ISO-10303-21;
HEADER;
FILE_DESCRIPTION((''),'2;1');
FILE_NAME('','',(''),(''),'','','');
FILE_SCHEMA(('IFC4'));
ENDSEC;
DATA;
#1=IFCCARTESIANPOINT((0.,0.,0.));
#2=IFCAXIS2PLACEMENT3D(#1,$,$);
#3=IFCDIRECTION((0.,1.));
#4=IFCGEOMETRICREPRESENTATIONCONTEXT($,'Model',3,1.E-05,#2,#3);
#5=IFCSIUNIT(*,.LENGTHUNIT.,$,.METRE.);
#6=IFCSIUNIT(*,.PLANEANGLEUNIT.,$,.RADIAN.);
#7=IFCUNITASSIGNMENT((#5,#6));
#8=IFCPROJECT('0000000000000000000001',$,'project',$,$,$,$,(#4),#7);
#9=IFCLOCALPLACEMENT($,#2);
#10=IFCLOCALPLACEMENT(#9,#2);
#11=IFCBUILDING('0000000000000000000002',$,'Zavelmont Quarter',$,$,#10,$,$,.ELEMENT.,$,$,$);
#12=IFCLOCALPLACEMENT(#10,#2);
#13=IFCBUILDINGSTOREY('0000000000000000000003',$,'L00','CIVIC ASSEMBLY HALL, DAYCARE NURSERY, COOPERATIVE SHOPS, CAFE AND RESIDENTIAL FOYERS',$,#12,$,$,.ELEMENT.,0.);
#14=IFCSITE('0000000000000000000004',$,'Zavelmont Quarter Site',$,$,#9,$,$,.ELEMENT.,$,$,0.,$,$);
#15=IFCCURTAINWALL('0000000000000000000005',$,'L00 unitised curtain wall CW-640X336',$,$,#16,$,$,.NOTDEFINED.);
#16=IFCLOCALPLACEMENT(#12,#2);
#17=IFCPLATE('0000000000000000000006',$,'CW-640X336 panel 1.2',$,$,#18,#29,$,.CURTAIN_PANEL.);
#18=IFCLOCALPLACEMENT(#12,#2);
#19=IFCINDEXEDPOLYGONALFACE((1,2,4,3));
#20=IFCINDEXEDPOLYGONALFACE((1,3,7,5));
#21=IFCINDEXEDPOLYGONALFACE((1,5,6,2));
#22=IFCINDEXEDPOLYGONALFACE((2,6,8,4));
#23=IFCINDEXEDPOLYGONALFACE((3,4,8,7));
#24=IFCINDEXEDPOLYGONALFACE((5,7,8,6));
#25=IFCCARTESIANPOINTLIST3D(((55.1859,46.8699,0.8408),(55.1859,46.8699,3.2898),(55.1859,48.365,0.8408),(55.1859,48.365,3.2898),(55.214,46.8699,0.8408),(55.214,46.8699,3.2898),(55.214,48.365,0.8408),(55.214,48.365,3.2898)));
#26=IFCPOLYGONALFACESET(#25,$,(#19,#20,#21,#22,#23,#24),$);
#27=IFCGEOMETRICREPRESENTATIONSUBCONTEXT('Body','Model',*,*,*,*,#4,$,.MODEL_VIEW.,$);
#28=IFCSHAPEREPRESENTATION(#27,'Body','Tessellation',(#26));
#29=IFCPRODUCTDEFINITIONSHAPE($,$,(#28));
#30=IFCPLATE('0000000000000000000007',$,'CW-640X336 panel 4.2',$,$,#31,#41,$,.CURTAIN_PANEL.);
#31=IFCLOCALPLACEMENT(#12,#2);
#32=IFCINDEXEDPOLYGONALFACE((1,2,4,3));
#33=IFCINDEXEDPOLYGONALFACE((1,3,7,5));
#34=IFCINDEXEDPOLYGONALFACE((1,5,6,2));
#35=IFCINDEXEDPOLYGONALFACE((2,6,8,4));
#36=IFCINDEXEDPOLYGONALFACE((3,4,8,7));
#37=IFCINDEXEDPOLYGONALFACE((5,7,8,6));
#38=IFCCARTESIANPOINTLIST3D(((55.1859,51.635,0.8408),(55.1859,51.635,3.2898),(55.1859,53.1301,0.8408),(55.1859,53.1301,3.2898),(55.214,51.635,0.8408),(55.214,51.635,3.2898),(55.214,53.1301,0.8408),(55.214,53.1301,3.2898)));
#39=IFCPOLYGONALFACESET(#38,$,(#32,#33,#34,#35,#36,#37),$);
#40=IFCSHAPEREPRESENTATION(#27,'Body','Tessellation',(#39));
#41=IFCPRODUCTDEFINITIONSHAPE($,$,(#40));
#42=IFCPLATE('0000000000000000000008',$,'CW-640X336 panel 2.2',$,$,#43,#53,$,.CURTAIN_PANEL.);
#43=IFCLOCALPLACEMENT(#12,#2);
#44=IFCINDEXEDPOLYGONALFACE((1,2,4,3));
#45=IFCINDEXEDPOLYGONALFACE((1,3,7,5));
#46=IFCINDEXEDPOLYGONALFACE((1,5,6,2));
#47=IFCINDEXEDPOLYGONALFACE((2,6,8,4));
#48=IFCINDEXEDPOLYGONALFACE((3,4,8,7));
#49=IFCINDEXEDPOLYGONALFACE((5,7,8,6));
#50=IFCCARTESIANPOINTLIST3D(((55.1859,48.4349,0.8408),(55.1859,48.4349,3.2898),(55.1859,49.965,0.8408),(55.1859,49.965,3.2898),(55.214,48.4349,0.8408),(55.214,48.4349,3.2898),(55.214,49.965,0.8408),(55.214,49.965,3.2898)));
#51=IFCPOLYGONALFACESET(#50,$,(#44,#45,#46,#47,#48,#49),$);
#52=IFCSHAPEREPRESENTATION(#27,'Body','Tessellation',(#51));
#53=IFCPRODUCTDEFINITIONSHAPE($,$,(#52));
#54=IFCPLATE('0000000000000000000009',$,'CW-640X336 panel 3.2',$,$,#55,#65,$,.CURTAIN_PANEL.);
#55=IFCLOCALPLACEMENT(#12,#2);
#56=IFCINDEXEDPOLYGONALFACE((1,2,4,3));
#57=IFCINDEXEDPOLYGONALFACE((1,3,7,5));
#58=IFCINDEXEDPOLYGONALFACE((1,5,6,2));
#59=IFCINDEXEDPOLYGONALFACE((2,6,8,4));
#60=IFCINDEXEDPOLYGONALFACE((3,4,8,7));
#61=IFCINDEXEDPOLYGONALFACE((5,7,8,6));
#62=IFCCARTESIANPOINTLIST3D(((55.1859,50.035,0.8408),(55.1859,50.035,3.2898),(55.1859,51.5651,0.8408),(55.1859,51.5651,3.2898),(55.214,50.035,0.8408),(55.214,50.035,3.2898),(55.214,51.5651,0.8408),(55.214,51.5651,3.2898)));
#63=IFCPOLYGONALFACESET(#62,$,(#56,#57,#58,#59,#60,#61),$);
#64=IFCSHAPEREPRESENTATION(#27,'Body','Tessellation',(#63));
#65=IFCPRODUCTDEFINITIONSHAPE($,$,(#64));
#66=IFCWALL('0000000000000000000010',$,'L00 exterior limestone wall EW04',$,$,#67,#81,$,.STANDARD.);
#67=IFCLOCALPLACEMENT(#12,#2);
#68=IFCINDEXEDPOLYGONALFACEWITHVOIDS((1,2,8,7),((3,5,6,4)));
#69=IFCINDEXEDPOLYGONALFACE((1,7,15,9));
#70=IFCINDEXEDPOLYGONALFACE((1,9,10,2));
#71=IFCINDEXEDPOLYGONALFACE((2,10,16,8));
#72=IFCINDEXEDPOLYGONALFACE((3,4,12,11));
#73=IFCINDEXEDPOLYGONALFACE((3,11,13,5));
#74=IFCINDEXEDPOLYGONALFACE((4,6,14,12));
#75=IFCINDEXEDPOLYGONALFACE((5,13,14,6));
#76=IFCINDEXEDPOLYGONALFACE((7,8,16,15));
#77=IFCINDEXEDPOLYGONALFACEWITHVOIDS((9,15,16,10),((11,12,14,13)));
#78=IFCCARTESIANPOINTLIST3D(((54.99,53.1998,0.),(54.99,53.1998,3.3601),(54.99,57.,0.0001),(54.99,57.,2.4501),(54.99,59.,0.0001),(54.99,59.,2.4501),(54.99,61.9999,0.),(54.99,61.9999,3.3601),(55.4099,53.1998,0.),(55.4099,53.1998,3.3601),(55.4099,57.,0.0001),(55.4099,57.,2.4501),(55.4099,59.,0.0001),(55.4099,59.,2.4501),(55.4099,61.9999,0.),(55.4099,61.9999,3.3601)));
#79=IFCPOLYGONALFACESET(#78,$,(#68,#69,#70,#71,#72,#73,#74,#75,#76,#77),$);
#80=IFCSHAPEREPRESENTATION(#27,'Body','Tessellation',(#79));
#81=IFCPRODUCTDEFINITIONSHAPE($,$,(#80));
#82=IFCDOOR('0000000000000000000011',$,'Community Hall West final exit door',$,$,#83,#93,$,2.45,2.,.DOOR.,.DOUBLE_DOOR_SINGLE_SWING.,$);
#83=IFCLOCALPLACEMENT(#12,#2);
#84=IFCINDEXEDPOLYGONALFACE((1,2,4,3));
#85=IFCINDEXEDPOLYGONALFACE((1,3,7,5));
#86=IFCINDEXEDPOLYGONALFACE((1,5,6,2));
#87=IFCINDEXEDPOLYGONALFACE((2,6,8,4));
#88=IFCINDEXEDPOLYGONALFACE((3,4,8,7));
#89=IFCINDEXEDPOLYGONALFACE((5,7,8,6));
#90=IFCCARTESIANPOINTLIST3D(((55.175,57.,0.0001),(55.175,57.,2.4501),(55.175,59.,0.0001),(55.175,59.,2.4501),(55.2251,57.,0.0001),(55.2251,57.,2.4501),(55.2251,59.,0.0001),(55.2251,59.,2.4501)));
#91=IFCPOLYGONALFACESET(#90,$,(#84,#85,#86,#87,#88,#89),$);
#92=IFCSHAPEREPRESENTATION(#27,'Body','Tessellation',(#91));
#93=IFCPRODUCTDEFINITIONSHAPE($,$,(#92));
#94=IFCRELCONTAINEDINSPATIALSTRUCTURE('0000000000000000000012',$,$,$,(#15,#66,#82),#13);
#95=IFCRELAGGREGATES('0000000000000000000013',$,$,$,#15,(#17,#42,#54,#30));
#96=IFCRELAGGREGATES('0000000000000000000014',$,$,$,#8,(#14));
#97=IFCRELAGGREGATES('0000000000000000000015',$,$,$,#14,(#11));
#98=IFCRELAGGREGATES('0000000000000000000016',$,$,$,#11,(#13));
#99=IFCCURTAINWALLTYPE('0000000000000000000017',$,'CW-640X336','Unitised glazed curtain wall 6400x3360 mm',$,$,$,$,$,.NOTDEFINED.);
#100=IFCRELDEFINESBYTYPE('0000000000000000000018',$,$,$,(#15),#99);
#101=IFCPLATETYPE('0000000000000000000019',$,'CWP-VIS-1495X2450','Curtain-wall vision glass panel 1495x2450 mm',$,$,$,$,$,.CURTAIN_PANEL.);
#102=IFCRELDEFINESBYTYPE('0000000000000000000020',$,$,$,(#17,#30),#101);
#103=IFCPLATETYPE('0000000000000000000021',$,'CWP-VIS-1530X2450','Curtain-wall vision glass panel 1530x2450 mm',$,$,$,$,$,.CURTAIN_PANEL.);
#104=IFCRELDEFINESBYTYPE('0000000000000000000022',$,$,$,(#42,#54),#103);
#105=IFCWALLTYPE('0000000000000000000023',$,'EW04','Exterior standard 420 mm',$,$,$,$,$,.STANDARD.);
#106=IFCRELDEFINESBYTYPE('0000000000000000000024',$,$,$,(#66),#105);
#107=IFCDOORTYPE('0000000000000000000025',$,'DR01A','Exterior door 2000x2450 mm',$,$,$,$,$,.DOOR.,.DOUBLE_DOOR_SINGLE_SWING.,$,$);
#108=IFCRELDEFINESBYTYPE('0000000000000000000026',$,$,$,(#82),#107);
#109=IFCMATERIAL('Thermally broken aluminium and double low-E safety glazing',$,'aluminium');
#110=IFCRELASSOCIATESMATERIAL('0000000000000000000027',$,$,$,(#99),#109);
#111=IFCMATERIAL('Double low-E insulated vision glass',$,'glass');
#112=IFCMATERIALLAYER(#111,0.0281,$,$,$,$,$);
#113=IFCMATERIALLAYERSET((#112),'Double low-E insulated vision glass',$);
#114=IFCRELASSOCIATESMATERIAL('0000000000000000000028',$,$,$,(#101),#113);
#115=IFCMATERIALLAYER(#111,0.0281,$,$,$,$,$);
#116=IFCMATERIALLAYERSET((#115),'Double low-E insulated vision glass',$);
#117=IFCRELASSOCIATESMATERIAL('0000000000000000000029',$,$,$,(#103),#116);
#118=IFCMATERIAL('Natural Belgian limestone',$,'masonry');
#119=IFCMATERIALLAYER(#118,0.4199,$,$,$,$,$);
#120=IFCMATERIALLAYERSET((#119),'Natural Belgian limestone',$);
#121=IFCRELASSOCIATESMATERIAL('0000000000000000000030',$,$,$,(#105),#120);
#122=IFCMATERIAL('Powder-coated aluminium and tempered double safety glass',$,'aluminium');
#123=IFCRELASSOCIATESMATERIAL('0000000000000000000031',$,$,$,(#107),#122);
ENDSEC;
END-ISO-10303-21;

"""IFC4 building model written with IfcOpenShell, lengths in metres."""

from ifc_helpers import new_model, si_unit, direction, frame, frame_2d, origin, origin_with_axes, origin_2d, place, context, subcontext, project, spatial, rectangle, extrude, material, layer, layer_set, type_object, element, fill, aggregate, save


model = new_model("IFC4")

# Units and contexts
model_context = context("Model", 3, precision=1e-05, world=origin(), true_north=direction((0.0, 1.0)))
body_context = subcontext(model_context, "Body", "Model", "MODEL_VIEW")
ifc_project = project(units=[si_unit("LENGTHUNIT", "METRE"), si_unit("PLANEANGLEUNIT", "RADIAN")], contexts=[model_context])

# Site, building, storey
site_placement = place(None, origin())
site = spatial("IfcSite", under=ifc_project, at=site_placement, Name="Zavelmont Quarter Site", CompositionType="ELEMENT", RefElevation=0.0)
building_placement = place(site_placement, origin())
building = spatial("IfcBuilding", under=site, at=building_placement, Name="Zavelmont Quarter", CompositionType="ELEMENT")
storey_placement = place(building_placement, origin())
storey = spatial("IfcBuildingStorey", under=building, at=storey_placement, Name="L00", Description="CIVIC ASSEMBLY HALL, DAYCARE NURSERY, COOPERATIVE SHOPS, CAFE AND RESIDENTIAL FOYERS", CompositionType="ELEMENT", Elevation=0.0)

# Curtain wall, plates
ifc_material_1 = material(Name="Thermally broken aluminium and double low-E safety glazing", Category="aluminium")
curtain_wall_type = type_object("IfcCurtainWallType", Name="CW-640X336", Description="Unitised glazed curtain wall 6400x3360 mm", PredefinedType="NOTDEFINED", material=ifc_material_1)
curtain_wall_placement = place(storey_placement, origin())
curtain_wall = element("IfcCurtainWall", 1, at=curtain_wall_placement, inside=storey, type_object=curtain_wall_type, Name="L00 unitised curtain wall CW-640X336", PredefinedType="NOTDEFINED")
ifc_material_2 = material(Name="Double low-E insulated vision glass", Category="glass")
ifc_layer_1 = layer(ifc_material_2, 0.0281)
ifc_layer_set_1 = layer_set([ifc_layer_1], Name="Double low-E insulated vision glass")
plate_type_1 = type_object("IfcPlateType", Name="CWP-VIS-1495X2450", Description="Curtain-wall vision glass panel 1495x2450 mm", PredefinedType="CURTAIN_PANEL", material=ifc_layer_set_1)
plate_1_placement = place(storey_placement, frame((55.2, 47.6174, 0.8408), z_axis=(0.0, 0.0, 1.0), x_axis=(0.0, 1.0, 0.0)))
plate_1 = element("IfcPlate", 2, at=plate_1_placement, type_object=plate_type_1, Name="CW-640X336 panel 1.2", PredefinedType="CURTAIN_PANEL", context=body_context, shape_type="SweptSolid", body=[
    extrude(rectangle(XDim=1.4951, YDim=0.0281, at=origin_2d()), origin(), (0.0, 0.0, 1.0), 2.449),
])
plate_2_placement = place(storey_placement, frame((55.2, 52.3826, 0.8408), z_axis=(0.0, 0.0, 1.0), x_axis=(0.0, 1.0, 0.0)))
plate_2 = element("IfcPlate", 3, at=plate_2_placement, type_object=plate_type_1, Name="CW-640X336 panel 4.2", PredefinedType="CURTAIN_PANEL", context=body_context, shape_type="SweptSolid", body=[
    extrude(rectangle(XDim=1.4951, YDim=0.0281, at=origin_2d()), origin(), (0.0, 0.0, 1.0), 2.449),
])
ifc_layer_2 = layer(ifc_material_2, 0.0281)
ifc_layer_set_2 = layer_set([ifc_layer_2], Name="Double low-E insulated vision glass")
plate_type_2 = type_object("IfcPlateType", Name="CWP-VIS-1530X2450", Description="Curtain-wall vision glass panel 1530x2450 mm", PredefinedType="CURTAIN_PANEL", material=ifc_layer_set_2)
plate_3_placement = place(storey_placement, frame((55.2, 49.2, 0.8408), z_axis=(0.0, 0.0, 1.0), x_axis=(0.0, 1.0, 0.0)))
plate_3 = element("IfcPlate", 4, at=plate_3_placement, type_object=plate_type_2, Name="CW-640X336 panel 2.2", PredefinedType="CURTAIN_PANEL", context=body_context, shape_type="SweptSolid", body=[
    extrude(rectangle(XDim=1.53, YDim=0.0281, at=origin_2d()), origin(), (0.0, 0.0, 1.0), 2.449),
])
plate_4_placement = place(storey_placement, frame((55.2, 50.8, 0.8408), z_axis=(0.0, 0.0, 1.0), x_axis=(0.0, 1.0, 0.0)))
plate_4 = element("IfcPlate", 5, at=plate_4_placement, type_object=plate_type_2, Name="CW-640X336 panel 3.2", PredefinedType="CURTAIN_PANEL", context=body_context, shape_type="SweptSolid", body=[
    extrude(rectangle(XDim=1.53, YDim=0.0281, at=origin_2d()), origin(), (0.0, 0.0, 1.0), 2.449),
])
aggregate(curtain_wall, [plate_1, plate_3, plate_4, plate_2])

# Wall, opening, door
ifc_material_3 = material(Name="Natural Belgian limestone", Category="masonry")
ifc_layer_3 = layer(ifc_material_3, 0.4199)
ifc_layer_set_3 = layer_set([ifc_layer_3], Name="Natural Belgian limestone")
wall_type = type_object("IfcWallType", Name="EW04", Description="Exterior standard 420 mm", PredefinedType="STANDARD", material=ifc_layer_set_3)
wall_placement = place(storey_placement, frame((55.2, 53.2, 0.0), z_axis=(0.0, 0.0, 1.0), x_axis=(0.0, 1.0, 0.0)))
wall = element("IfcWall", 6, at=wall_placement, inside=storey, type_object=wall_type, Name="L00 exterior limestone wall EW04", PredefinedType="STANDARD", context=body_context, shape_type="SweptSolid", body=[
    extrude(rectangle(XDim=8.8, YDim=0.4199, at=frame_2d((4.3999, 0.0))), origin(), (0.0, 0.0, 1.0), 3.3601),
])
opening_placement = place(wall_placement, frame((3.8, 0.0, 0.0)))
opening = element("IfcOpeningElement", 7, at=opening_placement, cuts=wall, PredefinedType="OPENING", context=body_context, shape_type="SweptSolid", body=[
    extrude(rectangle(XDim=2.0, YDim=2.45, at=frame_2d((1.0, 1.2251))), frame((0.0, 0.2219, 0.0), z_axis=(0.0, -1.0, 0.0), x_axis=(1.0, 0.0, 0.0)), (0.0, 0.0, 1.0), 0.4438),
])
ifc_material_4 = material(Name="Powder-coated aluminium and tempered double safety glass", Category="aluminium")
door_type = type_object("IfcDoorType", Name="DR01A", Description="Exterior door 2000x2450 mm", OperationType="DOUBLE_DOOR_SINGLE_SWING", PredefinedType="DOOR", material=ifc_material_4)
door_placement = place(opening_placement, origin_with_axes())
door = element("IfcDoor", 8, at=door_placement, inside=storey, type_object=door_type, Name="Community Hall West final exit door", OperationType="DOUBLE_DOOR_SINGLE_SWING", OverallHeight=2.45, OverallWidth=2.0, PredefinedType="DOOR", context=body_context, shape_type="SweptSolid", body=[
    extrude(rectangle(XDim=2.0, YDim=2.45, at=frame_2d((1.0, 1.2251))), frame((0.0, 0.0249, 0.0), z_axis=(0.0, -1.0, 0.0), x_axis=(1.0, 0.0, 0.0)), (0.0, 0.0, 1.0), 0.05),
])
fill(opening, door)

save(model, "model.ifc")
